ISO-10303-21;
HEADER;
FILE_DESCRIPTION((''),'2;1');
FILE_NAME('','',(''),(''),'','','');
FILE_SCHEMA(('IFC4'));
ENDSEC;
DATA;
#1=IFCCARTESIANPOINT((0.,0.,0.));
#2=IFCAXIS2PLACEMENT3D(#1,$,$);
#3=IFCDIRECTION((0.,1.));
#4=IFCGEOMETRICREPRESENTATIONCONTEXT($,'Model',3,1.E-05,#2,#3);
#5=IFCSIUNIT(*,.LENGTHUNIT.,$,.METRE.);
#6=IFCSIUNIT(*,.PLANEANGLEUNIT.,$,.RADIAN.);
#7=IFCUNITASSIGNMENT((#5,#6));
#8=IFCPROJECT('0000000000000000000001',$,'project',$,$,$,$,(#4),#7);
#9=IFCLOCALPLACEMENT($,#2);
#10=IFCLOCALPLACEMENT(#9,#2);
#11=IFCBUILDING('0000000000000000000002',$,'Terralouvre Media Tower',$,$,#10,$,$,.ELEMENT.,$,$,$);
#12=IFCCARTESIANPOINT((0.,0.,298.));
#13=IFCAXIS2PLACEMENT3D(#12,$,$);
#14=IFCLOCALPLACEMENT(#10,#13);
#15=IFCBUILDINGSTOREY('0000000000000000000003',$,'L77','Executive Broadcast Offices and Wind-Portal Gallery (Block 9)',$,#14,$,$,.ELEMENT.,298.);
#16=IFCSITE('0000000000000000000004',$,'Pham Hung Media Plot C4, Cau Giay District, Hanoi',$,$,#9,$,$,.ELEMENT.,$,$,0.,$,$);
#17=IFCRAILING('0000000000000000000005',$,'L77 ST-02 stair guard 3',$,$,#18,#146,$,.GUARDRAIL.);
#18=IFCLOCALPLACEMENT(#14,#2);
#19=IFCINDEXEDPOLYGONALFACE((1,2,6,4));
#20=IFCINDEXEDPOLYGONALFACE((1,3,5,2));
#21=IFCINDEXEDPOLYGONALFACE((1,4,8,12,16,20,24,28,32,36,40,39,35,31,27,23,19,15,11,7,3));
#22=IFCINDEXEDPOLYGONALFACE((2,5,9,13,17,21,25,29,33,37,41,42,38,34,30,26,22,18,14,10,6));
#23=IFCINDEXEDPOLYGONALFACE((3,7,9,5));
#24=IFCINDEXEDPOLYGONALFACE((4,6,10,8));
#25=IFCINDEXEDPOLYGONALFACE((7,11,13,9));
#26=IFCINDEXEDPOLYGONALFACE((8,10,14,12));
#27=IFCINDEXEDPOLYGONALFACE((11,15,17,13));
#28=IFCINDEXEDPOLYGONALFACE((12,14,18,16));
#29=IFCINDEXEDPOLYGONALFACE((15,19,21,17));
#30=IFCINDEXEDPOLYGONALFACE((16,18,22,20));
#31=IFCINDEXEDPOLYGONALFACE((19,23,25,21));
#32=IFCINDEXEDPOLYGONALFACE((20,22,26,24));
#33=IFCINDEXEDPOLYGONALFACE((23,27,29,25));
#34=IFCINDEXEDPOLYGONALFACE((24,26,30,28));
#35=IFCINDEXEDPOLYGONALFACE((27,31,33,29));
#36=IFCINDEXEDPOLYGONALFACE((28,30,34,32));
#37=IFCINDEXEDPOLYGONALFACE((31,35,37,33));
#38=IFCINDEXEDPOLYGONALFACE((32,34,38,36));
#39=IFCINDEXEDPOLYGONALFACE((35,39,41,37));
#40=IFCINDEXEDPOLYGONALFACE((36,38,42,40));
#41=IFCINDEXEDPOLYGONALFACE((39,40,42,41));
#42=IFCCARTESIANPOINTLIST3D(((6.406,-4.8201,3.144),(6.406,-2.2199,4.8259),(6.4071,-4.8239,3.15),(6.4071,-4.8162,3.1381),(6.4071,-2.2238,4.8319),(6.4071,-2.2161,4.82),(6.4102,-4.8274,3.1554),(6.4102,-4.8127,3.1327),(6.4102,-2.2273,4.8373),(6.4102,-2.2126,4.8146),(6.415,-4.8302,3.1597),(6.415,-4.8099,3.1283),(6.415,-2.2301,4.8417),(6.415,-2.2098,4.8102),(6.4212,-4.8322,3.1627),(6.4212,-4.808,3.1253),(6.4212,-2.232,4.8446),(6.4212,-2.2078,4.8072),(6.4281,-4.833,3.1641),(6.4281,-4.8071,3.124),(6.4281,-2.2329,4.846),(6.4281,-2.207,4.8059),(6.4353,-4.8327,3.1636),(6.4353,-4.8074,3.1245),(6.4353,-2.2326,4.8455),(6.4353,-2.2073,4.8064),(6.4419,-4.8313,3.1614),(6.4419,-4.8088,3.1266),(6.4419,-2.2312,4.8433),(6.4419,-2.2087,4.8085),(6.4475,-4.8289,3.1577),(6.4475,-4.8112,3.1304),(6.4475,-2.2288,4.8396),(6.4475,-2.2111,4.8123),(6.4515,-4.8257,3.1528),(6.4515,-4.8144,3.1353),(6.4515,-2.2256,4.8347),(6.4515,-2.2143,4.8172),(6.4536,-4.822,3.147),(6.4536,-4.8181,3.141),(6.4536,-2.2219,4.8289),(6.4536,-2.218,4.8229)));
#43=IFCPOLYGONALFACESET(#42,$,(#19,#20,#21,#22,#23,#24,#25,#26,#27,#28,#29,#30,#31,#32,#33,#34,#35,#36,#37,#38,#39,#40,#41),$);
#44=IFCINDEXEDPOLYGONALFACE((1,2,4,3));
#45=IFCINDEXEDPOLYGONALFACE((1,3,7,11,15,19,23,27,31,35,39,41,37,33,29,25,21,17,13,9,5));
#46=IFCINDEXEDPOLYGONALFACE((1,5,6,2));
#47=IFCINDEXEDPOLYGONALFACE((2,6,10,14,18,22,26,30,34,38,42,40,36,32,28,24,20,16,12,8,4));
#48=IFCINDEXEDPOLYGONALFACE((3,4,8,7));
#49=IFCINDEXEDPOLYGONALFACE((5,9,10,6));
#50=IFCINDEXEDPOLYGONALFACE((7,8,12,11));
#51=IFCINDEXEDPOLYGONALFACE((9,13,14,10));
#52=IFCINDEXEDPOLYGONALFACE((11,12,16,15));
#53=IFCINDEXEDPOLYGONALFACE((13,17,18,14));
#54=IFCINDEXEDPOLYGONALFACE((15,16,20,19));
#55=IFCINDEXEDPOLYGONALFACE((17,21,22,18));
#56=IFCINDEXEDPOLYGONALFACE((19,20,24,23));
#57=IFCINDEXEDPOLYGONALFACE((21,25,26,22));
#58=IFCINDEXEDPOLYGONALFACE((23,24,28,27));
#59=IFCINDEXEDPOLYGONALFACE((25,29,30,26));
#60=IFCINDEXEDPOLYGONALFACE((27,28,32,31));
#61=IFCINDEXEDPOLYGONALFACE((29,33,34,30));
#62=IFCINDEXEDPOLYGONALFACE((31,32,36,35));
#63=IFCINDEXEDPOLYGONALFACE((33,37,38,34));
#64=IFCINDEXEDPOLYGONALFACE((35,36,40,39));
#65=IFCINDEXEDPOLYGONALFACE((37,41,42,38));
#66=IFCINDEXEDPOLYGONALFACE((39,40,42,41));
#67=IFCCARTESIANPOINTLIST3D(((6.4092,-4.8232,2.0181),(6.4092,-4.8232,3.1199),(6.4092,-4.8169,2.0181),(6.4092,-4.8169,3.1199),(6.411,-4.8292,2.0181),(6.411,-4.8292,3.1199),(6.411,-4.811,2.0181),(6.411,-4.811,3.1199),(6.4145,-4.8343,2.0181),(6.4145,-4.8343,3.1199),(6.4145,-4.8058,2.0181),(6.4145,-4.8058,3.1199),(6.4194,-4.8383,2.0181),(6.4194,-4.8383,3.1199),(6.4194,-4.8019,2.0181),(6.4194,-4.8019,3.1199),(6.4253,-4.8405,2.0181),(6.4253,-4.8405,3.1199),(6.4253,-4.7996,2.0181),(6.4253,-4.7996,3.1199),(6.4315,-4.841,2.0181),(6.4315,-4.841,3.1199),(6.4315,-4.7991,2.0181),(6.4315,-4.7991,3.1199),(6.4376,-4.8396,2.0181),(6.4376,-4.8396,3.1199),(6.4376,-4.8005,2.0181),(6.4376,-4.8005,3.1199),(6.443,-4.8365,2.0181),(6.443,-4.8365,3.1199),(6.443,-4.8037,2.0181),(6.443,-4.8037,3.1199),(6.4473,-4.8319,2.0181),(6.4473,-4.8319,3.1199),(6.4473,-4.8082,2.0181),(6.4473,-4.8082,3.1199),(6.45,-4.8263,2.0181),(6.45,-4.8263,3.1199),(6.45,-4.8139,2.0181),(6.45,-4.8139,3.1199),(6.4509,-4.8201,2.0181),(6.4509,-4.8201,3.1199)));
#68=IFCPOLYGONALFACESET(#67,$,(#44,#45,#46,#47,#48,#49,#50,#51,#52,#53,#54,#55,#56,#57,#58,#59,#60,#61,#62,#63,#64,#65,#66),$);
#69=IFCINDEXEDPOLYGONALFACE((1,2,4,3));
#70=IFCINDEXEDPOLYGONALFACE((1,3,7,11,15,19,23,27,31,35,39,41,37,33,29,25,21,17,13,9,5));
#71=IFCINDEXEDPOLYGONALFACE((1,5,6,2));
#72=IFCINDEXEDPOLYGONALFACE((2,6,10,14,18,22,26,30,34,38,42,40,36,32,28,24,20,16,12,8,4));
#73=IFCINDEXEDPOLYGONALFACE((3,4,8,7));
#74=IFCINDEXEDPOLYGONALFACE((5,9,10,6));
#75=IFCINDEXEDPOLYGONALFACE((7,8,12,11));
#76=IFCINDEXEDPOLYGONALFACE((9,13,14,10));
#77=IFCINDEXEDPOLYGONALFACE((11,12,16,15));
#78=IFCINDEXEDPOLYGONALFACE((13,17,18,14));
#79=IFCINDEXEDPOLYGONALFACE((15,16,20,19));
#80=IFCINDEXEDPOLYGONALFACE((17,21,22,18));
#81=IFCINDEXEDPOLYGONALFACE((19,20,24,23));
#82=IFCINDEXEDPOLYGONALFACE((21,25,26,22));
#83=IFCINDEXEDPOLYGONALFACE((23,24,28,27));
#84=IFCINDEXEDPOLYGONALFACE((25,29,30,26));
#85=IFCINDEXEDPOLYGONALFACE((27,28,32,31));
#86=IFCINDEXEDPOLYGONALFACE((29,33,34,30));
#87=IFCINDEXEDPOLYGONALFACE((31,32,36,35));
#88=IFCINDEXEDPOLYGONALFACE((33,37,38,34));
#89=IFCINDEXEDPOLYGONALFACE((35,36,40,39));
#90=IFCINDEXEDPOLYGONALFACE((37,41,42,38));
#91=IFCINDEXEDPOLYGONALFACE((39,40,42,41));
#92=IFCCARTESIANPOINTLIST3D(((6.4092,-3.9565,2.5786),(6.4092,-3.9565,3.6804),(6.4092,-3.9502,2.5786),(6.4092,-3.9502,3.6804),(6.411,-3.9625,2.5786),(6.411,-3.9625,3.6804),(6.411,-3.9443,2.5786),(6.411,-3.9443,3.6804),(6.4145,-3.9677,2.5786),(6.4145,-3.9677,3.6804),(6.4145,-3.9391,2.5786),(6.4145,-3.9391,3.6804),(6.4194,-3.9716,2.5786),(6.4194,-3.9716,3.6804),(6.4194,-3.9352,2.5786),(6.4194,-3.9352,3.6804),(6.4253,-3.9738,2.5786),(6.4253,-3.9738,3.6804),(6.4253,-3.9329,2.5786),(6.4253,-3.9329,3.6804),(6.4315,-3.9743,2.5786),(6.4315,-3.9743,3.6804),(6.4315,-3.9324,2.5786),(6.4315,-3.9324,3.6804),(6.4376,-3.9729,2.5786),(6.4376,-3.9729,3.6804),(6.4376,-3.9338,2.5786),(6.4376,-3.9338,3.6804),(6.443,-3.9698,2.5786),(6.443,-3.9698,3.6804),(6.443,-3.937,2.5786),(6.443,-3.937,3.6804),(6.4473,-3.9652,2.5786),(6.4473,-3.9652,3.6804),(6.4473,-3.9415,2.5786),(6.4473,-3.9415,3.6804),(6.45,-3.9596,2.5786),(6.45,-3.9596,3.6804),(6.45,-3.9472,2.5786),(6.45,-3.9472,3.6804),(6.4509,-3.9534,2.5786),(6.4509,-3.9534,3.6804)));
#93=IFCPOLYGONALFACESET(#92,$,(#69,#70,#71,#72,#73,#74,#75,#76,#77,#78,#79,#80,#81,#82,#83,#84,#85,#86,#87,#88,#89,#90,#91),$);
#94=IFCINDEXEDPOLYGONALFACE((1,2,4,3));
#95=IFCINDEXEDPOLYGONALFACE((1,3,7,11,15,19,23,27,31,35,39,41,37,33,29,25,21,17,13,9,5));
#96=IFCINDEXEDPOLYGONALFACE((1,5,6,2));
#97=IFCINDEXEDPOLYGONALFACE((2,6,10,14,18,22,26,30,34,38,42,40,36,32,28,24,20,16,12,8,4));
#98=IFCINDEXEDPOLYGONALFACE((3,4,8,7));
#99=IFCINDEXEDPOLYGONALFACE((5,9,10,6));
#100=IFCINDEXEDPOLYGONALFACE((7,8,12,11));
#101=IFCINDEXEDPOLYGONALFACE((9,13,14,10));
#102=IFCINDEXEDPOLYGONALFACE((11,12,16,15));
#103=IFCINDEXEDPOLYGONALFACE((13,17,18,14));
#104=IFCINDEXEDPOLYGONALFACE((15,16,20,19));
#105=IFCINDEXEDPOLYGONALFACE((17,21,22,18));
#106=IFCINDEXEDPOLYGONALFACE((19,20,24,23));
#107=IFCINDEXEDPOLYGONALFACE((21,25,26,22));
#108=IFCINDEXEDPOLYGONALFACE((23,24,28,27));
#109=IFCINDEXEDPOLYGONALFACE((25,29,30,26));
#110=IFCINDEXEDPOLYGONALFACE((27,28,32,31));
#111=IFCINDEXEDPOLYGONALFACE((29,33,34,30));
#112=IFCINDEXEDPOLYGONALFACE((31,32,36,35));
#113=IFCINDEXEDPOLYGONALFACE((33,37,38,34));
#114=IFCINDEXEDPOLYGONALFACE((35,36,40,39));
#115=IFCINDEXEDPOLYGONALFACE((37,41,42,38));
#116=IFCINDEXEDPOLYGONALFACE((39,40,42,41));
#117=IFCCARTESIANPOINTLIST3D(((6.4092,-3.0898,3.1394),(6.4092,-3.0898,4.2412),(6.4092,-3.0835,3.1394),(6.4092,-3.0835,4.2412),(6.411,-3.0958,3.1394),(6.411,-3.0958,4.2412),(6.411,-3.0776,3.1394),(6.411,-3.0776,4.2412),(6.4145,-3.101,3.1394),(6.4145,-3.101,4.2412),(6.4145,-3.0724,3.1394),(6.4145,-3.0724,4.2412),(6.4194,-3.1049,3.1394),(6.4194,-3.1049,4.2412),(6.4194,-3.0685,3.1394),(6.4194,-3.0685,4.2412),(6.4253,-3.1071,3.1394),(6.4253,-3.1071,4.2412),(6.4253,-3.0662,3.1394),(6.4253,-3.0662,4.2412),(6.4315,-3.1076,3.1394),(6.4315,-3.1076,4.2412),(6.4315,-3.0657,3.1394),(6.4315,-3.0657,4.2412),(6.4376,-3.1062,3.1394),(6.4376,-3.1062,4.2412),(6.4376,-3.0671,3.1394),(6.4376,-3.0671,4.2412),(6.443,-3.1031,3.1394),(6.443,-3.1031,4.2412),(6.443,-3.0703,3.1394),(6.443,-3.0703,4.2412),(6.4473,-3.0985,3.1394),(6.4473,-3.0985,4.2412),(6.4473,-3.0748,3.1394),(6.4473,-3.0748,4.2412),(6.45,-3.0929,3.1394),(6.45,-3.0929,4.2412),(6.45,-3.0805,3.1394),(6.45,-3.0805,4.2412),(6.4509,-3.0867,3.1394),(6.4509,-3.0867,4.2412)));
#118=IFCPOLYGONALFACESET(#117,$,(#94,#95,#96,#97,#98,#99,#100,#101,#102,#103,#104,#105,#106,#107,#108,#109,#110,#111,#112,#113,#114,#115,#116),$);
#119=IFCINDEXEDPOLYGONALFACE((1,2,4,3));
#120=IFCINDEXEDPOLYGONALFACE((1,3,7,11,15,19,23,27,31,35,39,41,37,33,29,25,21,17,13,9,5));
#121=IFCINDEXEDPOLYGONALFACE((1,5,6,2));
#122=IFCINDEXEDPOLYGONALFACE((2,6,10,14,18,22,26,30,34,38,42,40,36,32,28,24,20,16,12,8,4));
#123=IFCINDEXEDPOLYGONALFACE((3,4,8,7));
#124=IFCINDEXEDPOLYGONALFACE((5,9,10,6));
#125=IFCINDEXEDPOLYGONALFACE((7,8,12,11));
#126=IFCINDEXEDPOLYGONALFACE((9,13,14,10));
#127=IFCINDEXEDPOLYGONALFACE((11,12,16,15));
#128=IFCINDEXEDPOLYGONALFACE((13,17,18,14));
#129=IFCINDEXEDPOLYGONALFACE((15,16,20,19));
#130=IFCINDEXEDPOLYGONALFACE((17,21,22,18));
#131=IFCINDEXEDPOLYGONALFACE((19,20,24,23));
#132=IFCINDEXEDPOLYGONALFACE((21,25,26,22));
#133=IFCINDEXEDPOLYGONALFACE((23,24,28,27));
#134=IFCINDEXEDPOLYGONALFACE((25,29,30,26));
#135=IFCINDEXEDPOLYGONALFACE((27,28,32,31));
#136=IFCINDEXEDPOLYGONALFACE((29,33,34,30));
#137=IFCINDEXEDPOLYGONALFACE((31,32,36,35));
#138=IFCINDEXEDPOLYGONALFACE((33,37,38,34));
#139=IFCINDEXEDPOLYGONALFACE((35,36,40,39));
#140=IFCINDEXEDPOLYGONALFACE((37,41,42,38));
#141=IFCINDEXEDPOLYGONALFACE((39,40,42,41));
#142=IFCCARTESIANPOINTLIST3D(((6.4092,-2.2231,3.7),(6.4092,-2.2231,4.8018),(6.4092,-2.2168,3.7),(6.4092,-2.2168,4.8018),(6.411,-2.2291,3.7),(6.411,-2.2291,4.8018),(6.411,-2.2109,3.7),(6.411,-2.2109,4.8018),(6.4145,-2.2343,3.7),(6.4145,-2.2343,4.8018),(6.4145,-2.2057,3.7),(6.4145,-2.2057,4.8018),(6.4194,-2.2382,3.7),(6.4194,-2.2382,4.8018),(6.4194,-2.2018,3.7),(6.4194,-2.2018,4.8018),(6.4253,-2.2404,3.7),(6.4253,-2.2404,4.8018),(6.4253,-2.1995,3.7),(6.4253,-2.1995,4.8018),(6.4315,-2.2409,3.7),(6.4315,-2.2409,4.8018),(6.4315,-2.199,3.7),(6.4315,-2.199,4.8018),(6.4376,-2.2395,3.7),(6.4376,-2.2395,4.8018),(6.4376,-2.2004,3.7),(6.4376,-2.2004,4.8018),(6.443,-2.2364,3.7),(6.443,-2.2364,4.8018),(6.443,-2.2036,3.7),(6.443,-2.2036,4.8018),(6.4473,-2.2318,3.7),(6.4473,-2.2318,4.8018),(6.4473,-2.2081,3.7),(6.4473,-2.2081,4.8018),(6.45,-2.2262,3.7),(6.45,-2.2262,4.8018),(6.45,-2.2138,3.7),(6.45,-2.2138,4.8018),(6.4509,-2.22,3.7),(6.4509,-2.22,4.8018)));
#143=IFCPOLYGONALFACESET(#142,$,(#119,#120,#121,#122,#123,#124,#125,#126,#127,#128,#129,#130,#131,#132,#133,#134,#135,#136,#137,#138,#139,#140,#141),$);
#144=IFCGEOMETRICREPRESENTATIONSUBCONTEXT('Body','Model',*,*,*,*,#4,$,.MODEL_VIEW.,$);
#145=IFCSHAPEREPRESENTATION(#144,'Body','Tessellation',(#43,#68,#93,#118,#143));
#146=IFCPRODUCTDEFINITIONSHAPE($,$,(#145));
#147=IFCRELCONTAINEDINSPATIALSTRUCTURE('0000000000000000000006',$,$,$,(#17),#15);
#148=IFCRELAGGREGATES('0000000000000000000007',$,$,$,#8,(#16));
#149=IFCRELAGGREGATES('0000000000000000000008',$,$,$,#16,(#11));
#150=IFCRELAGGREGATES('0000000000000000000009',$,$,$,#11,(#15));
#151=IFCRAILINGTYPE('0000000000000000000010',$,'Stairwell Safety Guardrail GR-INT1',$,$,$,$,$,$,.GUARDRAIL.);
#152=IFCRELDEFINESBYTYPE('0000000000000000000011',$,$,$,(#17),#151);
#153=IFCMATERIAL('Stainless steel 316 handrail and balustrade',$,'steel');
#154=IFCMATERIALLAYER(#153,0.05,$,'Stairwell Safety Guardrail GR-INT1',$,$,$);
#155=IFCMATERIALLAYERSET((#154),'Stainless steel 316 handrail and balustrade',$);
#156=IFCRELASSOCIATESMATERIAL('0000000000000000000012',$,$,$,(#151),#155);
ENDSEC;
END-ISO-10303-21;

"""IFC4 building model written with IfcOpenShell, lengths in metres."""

from ifc_helpers import new_model, si_unit, direction, frame, origin, origin_2d, place, context, subcontext, project, spatial, circle, extrude, material, layer, layer_set, type_object, element, save


model = new_model("IFC4")

# Units and contexts
model_context = context("Model", 3, precision=1e-05, world=origin(), true_north=direction((0.0, 1.0)))
body_context = subcontext(model_context, "Body", "Model", "MODEL_VIEW")
ifc_project = project(units=[si_unit("LENGTHUNIT", "METRE"), si_unit("PLANEANGLEUNIT", "RADIAN")], contexts=[model_context])

# Site, building, storey
site_placement = place(None, origin())
site = spatial("IfcSite", under=ifc_project, at=site_placement, Name="Pham Hung Media Plot C4, Cau Giay District, Hanoi", CompositionType="ELEMENT", RefElevation=0.0)
building_placement = place(site_placement, origin())
building = spatial("IfcBuilding", under=site, at=building_placement, Name="Terralouvre Media Tower", CompositionType="ELEMENT")
storey_placement = place(building_placement, frame((0.0, 0.0, 298.0)))
storey = spatial("IfcBuildingStorey", under=building, at=storey_placement, Name="L77", Description="Executive Broadcast Offices and Wind-Portal Gallery (Block 9)", CompositionType="ELEMENT", Elevation=298.0)

# Railing
ifc_material_1 = material(Name="Stainless steel 316 handrail and balustrade", Category="steel")
ifc_layer_1 = layer(ifc_material_1, 0.05, Name="Stairwell Safety Guardrail GR-INT1")
ifc_layer_set_1 = layer_set([ifc_layer_1], Name="Stainless steel 316 handrail and balustrade")
railing_type_1 = type_object("IfcRailingType", Name="Stairwell Safety Guardrail GR-INT1", PredefinedType="GUARDRAIL", material=ifc_layer_set_1)
railing_1_placement = place(storey_placement, frame((6.4299, -4.8201, 2.0181)))
element("IfcRailing", 1, at=railing_1_placement, inside=storey, type_object=railing_type_1, Name="L77 ST-02 stair guard 3", PredefinedType="GUARDRAIL", context=body_context, shape_type="SweptSolid", body=[
    extrude(circle(Radius=0.0239, at=origin_2d()), frame((0.0, 0.0, 1.126), z_axis=(0.0, 0.839648, 0.54313), x_axis=(-1.0, 0.0, 0.0)), (0.0, 0.0, 1.0), 3.0967),
    extrude(circle(Radius=0.021, at=origin_2d()), origin(), (0.0, 0.0, 1.0), 1.1018),
    extrude(circle(Radius=0.021, at=origin_2d()), frame((0.0, 0.8667, 0.5605)), (0.0, 0.0, 1.0), 1.1018),
    extrude(circle(Radius=0.021, at=origin_2d()), frame((0.0, 1.7334, 1.1213)), (0.0, 0.0, 1.0), 1.1018),
    extrude(circle(Radius=0.021, at=origin_2d()), frame((0.0, 2.6001, 1.6819)), (0.0, 0.0, 1.0), 1.1018),
])

save(model, "model.ifc")
